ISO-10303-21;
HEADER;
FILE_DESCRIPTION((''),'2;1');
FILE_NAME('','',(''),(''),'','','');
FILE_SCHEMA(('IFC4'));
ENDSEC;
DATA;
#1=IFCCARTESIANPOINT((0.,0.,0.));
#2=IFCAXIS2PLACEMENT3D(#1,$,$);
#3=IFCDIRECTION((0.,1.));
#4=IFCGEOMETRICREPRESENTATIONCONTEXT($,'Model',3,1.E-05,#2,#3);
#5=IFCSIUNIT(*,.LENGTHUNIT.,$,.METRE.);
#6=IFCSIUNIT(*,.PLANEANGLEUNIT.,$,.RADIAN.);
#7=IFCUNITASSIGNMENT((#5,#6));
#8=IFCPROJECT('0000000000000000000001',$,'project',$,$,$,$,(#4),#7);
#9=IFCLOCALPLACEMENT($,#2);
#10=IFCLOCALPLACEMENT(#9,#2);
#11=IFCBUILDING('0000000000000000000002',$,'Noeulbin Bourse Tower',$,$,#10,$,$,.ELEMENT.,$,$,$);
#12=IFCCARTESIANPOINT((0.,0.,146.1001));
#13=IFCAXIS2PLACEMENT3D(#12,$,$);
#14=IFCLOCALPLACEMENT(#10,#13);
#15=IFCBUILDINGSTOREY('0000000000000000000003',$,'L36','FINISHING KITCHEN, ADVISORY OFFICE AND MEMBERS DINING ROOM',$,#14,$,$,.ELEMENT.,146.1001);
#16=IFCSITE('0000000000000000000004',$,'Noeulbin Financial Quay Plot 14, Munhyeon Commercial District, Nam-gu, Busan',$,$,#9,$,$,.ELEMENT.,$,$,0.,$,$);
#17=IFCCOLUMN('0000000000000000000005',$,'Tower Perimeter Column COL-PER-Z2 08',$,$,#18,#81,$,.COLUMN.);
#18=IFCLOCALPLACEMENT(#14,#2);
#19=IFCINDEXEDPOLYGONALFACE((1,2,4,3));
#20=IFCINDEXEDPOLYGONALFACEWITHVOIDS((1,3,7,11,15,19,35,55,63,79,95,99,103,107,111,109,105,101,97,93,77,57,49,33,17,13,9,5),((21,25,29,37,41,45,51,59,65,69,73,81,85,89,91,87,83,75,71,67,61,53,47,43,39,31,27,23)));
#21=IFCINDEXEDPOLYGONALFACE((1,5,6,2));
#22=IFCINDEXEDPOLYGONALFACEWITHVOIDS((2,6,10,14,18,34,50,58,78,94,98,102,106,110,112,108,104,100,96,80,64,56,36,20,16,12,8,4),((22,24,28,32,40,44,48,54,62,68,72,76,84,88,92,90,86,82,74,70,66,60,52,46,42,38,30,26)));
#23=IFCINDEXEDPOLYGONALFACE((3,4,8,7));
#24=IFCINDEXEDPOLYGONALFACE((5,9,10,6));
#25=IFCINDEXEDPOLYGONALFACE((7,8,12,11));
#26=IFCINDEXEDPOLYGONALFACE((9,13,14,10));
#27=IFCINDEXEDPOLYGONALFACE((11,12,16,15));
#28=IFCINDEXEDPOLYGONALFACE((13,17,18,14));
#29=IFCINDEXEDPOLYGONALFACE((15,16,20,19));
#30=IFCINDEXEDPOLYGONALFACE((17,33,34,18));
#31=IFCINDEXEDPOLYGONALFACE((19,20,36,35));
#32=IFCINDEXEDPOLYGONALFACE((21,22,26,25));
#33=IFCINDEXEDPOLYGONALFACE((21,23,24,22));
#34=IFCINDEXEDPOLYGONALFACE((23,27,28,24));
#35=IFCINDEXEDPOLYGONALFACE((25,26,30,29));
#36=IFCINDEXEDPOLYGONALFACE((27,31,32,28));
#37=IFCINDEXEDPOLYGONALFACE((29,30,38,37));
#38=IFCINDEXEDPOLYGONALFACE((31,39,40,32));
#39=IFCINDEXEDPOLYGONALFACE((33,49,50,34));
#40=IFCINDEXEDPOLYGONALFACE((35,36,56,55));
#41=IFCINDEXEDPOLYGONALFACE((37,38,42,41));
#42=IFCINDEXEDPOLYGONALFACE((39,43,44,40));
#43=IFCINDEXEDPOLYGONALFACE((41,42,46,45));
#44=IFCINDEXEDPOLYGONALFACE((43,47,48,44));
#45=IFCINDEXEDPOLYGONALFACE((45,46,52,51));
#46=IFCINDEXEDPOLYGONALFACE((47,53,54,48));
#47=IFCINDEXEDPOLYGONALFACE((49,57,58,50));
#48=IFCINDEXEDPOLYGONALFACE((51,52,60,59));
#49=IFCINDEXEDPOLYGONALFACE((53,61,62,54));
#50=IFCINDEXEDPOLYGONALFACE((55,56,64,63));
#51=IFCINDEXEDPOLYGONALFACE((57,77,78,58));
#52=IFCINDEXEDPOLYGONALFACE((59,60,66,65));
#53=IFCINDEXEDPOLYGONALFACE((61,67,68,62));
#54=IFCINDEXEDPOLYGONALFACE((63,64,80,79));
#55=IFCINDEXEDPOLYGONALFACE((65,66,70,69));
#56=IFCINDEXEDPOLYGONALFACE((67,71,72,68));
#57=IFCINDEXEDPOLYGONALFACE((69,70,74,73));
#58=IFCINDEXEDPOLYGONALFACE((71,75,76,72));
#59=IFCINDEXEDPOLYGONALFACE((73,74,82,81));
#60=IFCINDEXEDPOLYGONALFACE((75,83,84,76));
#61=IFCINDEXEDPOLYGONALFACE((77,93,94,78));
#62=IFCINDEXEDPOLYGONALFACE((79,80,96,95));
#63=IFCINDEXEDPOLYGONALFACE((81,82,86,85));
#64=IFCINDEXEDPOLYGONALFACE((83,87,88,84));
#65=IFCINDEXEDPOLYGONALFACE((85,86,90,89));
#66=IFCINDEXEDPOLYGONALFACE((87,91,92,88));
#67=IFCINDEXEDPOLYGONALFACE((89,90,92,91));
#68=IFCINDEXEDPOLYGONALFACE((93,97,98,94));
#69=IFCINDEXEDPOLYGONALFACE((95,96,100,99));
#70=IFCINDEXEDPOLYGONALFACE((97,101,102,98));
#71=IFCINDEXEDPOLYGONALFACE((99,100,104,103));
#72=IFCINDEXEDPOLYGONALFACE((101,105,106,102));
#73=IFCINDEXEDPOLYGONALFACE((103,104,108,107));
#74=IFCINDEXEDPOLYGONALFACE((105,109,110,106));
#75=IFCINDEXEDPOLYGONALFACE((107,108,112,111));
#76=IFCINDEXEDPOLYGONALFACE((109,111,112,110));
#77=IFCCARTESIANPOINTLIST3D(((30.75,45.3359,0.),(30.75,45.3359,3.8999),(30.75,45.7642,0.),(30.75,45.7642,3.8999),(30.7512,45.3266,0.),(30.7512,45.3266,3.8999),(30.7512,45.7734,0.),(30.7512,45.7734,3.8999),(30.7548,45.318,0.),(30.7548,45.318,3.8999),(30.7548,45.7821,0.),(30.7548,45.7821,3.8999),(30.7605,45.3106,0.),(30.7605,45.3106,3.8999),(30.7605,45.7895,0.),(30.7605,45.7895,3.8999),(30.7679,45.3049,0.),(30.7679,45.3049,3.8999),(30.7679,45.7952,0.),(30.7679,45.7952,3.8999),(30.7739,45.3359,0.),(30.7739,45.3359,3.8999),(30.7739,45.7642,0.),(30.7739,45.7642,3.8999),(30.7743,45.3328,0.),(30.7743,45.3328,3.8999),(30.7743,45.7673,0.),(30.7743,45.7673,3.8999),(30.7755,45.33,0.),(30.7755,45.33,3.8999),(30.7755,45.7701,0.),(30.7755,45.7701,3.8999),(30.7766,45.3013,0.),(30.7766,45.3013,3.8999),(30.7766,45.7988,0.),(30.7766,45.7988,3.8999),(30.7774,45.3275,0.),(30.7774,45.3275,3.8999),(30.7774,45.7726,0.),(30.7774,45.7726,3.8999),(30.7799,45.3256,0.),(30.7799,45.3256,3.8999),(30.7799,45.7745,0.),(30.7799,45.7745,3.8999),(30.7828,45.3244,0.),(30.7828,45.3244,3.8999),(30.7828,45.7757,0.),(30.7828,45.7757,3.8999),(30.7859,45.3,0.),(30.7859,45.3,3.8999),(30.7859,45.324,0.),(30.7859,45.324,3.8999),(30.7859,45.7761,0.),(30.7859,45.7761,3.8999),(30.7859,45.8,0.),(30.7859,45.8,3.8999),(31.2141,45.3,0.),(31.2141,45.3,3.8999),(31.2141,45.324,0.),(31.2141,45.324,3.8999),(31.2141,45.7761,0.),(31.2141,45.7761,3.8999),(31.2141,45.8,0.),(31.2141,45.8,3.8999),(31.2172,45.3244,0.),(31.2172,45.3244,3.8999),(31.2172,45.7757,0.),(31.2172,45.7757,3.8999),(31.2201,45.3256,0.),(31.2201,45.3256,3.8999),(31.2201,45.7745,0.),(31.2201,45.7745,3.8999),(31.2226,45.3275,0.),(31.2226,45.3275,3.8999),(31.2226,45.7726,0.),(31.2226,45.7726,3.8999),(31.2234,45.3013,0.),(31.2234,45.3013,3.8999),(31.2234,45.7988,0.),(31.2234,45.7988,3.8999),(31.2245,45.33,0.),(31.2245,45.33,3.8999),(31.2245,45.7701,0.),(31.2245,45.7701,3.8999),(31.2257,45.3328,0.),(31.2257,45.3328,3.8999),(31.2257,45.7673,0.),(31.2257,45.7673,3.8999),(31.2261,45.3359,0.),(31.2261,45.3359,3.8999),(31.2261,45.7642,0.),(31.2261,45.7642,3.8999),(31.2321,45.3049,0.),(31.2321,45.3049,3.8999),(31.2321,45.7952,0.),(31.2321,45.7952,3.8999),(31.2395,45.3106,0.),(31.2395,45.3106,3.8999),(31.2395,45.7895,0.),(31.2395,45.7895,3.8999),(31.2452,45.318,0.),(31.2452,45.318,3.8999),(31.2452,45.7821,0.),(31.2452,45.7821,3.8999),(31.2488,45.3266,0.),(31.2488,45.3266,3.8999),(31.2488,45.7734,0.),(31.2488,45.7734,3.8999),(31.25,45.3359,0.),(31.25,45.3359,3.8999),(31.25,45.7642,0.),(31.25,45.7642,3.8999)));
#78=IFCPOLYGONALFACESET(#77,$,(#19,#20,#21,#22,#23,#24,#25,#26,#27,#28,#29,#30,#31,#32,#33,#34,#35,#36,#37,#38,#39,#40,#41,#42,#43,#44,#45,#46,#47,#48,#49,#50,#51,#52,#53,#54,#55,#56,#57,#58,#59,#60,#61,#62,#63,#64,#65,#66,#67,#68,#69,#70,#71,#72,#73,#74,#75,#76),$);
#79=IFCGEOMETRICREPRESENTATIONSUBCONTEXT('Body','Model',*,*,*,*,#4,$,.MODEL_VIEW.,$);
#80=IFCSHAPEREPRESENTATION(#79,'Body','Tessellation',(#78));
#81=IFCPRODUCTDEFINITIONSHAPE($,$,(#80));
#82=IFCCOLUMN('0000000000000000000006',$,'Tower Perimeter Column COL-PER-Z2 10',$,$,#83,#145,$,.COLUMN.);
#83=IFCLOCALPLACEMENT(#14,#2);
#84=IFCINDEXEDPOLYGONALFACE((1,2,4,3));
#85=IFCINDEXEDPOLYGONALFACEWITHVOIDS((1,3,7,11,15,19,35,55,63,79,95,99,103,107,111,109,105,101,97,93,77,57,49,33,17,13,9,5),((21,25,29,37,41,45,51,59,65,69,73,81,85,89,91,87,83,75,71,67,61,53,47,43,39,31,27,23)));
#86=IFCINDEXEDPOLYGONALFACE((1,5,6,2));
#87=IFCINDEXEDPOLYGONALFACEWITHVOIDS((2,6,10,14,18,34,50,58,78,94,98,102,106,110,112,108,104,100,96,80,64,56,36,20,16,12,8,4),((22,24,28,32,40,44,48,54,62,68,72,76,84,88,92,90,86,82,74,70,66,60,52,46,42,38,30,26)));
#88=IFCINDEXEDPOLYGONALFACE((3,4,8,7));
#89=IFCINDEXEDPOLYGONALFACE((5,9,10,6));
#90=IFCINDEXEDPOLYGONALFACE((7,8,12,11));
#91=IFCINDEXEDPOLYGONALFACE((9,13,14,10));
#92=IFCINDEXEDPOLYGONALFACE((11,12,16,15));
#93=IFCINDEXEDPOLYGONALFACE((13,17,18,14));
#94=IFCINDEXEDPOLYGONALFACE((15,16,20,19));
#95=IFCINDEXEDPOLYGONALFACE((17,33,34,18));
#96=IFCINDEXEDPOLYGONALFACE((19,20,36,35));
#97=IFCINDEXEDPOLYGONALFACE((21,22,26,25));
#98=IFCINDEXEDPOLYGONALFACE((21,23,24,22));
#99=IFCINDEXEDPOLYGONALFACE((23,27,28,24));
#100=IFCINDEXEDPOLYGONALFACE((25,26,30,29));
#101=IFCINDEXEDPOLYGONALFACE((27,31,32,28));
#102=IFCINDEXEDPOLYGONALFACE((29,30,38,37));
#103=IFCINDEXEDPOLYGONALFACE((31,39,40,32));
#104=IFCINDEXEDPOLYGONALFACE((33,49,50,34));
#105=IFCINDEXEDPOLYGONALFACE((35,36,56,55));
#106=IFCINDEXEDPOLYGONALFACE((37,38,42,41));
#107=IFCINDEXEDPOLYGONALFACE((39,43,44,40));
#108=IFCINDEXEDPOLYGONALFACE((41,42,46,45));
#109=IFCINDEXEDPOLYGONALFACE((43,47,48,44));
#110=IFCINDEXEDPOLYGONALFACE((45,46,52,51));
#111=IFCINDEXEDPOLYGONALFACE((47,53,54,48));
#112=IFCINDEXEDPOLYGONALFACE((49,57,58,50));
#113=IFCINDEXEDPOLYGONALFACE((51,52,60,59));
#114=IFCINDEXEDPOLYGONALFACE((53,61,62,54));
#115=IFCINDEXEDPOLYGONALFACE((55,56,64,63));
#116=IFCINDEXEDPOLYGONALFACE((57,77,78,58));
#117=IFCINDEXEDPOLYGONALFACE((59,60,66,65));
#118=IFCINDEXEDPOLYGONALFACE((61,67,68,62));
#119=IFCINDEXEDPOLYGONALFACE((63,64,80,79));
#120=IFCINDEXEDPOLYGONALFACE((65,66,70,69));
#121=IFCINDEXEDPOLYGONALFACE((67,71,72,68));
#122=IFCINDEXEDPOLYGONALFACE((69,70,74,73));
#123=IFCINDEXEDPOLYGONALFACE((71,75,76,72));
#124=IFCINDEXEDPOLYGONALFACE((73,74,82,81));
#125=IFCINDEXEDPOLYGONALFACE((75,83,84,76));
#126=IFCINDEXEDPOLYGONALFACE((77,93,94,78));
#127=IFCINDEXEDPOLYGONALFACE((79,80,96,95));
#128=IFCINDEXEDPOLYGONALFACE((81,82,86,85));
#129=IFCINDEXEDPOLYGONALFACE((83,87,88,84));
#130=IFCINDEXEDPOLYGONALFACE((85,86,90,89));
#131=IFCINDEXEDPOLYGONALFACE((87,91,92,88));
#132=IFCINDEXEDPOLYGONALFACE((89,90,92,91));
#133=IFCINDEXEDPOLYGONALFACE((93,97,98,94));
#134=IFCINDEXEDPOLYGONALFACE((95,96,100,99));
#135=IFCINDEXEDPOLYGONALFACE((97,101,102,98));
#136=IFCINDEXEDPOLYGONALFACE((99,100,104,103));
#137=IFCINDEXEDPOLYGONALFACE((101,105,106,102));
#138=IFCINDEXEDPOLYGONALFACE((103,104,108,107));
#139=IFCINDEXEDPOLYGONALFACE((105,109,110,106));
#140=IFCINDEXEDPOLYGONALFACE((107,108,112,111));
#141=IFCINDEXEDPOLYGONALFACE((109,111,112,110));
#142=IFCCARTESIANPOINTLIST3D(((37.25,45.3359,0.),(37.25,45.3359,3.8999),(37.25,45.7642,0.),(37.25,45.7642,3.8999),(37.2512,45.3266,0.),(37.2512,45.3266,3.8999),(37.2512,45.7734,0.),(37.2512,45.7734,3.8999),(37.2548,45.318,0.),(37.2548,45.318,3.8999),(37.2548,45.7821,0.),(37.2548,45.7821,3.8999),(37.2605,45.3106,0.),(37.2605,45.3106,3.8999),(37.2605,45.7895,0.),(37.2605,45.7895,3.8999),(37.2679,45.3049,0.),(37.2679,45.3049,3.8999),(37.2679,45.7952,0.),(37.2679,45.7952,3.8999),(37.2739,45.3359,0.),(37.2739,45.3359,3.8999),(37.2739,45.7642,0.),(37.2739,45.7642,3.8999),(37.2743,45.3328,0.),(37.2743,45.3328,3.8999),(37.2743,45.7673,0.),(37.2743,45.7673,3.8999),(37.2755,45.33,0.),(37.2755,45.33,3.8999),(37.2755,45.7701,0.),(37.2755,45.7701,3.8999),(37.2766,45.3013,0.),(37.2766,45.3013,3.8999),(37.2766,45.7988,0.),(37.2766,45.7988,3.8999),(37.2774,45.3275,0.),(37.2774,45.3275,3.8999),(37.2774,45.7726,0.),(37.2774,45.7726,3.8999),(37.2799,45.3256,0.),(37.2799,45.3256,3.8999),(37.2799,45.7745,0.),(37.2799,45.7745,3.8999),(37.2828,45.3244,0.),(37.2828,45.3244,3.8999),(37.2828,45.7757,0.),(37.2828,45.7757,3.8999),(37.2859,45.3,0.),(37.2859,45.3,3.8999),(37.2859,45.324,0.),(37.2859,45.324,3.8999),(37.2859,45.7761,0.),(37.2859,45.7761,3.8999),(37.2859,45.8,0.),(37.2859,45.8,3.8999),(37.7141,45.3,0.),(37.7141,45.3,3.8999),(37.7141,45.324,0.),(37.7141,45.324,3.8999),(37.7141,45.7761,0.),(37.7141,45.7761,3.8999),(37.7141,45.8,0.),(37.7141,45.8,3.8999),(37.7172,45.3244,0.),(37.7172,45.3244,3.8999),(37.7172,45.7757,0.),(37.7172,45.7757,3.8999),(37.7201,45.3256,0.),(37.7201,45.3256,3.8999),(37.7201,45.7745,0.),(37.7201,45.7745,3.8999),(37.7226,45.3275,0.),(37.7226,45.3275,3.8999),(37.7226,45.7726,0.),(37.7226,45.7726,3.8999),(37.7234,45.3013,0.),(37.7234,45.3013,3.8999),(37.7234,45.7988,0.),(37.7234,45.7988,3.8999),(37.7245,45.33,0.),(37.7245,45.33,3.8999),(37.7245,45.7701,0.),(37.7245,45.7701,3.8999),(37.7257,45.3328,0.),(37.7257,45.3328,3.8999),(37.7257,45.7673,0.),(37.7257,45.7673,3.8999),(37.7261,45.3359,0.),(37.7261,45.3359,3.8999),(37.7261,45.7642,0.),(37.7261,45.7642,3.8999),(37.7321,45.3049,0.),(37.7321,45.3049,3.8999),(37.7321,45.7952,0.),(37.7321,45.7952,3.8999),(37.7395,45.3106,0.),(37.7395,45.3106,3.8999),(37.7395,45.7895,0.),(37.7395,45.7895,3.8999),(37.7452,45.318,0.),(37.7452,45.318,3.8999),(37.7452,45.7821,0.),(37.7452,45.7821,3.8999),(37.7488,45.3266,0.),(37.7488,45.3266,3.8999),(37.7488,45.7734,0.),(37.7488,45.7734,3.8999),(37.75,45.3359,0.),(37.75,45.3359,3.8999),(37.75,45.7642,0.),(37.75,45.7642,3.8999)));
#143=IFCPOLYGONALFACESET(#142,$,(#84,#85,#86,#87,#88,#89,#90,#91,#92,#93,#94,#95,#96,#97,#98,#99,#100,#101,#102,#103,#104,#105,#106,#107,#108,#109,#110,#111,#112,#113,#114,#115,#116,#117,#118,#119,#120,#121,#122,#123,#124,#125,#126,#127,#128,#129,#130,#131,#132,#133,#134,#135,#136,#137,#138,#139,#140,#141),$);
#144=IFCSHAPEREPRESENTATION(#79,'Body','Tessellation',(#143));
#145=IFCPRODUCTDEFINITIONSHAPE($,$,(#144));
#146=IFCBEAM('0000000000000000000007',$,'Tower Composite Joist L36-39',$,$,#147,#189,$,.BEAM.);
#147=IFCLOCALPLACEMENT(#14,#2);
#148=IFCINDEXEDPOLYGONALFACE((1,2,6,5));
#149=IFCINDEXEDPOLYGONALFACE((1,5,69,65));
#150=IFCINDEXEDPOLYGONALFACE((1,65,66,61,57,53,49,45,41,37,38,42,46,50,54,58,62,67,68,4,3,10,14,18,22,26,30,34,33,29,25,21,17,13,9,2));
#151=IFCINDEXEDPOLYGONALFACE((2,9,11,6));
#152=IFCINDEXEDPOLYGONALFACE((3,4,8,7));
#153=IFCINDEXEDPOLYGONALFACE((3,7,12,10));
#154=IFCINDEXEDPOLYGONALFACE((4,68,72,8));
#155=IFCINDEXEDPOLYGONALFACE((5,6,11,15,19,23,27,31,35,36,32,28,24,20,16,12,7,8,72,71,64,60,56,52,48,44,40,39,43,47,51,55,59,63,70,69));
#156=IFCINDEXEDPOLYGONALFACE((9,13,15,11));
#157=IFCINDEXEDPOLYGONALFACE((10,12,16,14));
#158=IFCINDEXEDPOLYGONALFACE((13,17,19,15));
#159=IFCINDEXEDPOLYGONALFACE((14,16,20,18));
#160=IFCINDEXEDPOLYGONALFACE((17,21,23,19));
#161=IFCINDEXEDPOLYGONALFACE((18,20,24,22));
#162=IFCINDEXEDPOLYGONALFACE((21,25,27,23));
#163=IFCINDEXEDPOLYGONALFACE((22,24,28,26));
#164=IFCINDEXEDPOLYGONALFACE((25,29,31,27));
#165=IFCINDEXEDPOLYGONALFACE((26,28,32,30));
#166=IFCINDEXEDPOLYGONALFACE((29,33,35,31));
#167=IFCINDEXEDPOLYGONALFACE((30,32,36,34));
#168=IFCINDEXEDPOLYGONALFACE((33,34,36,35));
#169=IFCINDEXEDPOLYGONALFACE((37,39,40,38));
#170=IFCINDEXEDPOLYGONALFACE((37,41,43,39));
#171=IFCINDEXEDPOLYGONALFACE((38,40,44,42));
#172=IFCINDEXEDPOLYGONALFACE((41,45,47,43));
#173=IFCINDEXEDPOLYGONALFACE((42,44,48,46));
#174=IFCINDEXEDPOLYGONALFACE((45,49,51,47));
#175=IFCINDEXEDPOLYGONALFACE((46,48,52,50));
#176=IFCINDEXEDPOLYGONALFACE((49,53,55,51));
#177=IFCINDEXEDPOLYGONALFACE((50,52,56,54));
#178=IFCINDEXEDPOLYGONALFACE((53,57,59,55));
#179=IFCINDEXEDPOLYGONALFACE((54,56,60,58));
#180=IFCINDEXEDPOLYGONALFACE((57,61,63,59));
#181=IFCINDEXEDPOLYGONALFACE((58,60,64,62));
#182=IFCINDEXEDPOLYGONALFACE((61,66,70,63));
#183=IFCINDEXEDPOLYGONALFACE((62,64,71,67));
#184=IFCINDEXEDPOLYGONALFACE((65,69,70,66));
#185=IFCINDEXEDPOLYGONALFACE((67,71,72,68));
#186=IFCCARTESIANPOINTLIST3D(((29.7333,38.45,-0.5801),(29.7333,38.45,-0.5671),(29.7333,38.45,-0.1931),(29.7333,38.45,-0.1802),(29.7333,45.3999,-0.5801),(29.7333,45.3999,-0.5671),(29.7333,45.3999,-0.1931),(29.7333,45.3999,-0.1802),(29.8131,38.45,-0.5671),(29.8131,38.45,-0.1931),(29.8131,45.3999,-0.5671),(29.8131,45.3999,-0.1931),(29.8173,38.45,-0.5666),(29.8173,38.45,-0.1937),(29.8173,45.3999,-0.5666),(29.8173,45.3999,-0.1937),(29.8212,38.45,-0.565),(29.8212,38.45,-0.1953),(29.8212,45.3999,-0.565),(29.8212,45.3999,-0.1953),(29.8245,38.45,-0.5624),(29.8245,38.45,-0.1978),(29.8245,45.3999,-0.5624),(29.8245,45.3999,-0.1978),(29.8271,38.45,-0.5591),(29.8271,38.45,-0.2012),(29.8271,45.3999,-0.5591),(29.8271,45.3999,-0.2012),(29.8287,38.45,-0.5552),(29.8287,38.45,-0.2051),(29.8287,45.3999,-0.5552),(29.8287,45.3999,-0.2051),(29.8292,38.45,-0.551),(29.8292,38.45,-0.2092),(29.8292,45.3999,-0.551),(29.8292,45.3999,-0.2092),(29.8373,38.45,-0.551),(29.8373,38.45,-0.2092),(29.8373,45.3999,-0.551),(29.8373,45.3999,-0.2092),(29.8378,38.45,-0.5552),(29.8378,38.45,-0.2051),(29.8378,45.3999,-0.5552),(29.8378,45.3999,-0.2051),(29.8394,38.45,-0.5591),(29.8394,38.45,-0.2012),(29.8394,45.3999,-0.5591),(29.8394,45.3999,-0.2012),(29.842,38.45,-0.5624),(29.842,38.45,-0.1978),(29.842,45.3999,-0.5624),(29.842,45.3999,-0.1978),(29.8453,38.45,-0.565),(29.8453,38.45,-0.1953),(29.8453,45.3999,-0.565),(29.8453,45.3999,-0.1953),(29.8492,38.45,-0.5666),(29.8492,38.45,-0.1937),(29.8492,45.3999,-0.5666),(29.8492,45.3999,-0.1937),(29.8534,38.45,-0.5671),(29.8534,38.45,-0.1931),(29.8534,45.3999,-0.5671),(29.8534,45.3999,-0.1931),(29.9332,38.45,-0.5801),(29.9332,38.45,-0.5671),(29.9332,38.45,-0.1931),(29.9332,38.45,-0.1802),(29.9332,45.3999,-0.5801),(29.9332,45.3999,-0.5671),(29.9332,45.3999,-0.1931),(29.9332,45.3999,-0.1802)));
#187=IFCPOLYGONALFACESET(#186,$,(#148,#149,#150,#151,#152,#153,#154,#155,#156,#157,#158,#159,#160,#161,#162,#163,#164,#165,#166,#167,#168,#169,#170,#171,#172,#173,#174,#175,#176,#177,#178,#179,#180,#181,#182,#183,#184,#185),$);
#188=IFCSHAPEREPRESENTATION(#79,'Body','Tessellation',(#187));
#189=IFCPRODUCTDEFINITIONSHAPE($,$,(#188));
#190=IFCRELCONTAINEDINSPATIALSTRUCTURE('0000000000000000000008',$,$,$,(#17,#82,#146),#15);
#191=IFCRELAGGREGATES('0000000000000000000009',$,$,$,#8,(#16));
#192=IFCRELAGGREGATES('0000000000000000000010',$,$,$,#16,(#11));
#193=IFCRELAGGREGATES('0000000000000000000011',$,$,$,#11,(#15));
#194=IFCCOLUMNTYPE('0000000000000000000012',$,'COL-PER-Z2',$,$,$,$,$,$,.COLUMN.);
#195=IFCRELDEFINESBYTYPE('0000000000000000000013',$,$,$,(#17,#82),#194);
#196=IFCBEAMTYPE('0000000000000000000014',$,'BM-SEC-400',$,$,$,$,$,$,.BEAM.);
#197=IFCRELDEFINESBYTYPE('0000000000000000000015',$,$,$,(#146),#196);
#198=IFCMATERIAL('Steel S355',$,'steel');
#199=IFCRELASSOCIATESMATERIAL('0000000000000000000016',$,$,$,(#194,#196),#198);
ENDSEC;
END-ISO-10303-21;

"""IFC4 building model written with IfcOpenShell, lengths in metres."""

from ifc_helpers import new_model, si_unit, direction, frame, origin, origin_2d, place, context, subcontext, project, spatial, hollow_rectangle, i_section, extrude, material, material_profile, profile_set, type_object, element, save


model = new_model("IFC4")

# Units and contexts
model_context = context("Model", 3, precision=1e-05, world=origin(), true_north=direction((0.0, 1.0)))
body_context = subcontext(model_context, "Body", "Model", "MODEL_VIEW")
ifc_project = project(units=[si_unit("LENGTHUNIT", "METRE"), si_unit("PLANEANGLEUNIT", "RADIAN")], contexts=[model_context])

# Site, building, storey
site_placement = place(None, origin())
site = spatial("IfcSite", under=ifc_project, at=site_placement, Name="Noeulbin Financial Quay Plot 14, Munhyeon Commercial District, Nam-gu, Busan", CompositionType="ELEMENT", RefElevation=0.0)
building_placement = place(site_placement, origin())
building = spatial("IfcBuilding", under=site, at=building_placement, Name="Noeulbin Bourse Tower", CompositionType="ELEMENT")
storey_placement = place(building_placement, frame((0.0, 0.0, 146.1001)))
storey = spatial("IfcBuildingStorey", under=building, at=storey_placement, Name="L36", Description="FINISHING KITCHEN, ADVISORY OFFICE AND MEMBERS DINING ROOM", CompositionType="ELEMENT", Elevation=146.1001)

# Columns
ifc_material_1 = material(Name="Steel S355", Category="steel")
ifc_material_profile_1 = material_profile(ifc_material_1, hollow_rectangle(XDim=0.5, YDim=0.5, WallThickness=0.0239, InnerFilletRadius=0.012, OuterFilletRadius=0.0359, at=origin_2d()), Name="BOX-500x500x24", Category="LoadBearing")
ifc_profile_set_1 = profile_set([ifc_material_profile_1], Name="Steel S355")
column_type = type_object("IfcColumnType", Name="COL-PER-Z2", PredefinedType="COLUMN", material=ifc_profile_set_1)
for number, where, z_axis, x_axis, name in (
    (1, (31.0, 45.55, 0.0), (0.0, 0.0, 1.0), (1.0, 0.0, 0.0), "Tower Perimeter Column COL-PER-Z2 08"),
    (2, (37.5, 45.55, 0.0), (0.0, 0.0, 1.0), (1.0, 0.0, 0.0), "Tower Perimeter Column COL-PER-Z2 10"),
):
    element("IfcColumn", number, at=place(storey_placement, frame(where, z_axis=z_axis, x_axis=x_axis)), inside=storey, type_object=column_type, Name=name, PredefinedType="COLUMN", context=body_context, shape_type="SweptSolid", body=[
        extrude(hollow_rectangle(XDim=0.5, YDim=0.5, WallThickness=0.0239, InnerFilletRadius=0.012, OuterFilletRadius=0.0359, at=origin_2d()), origin(), (0.0, 0.0, 1.0), 3.8999),
    ])

# Beam
ifc_material_profile_2 = material_profile(ifc_material_1, i_section(OverallWidth=0.2, OverallDepth=0.3999, WebThickness=0.0081, FlangeThickness=0.0129, FilletRadius=0.0161, at=origin_2d()), Name="H-400x200x8x13", Category="LoadBearing")
ifc_profile_set_2 = profile_set([ifc_material_profile_2], Name="Steel S355")
beam_type_1 = type_object("IfcBeamType", Name="BM-SEC-400", PredefinedType="BEAM", material=ifc_profile_set_2)
for number, where, z_axis, x_axis, name in (
    (3, (29.8333, 38.45, -0.3801), (0.0, 1.0, 0.0), (-1.0, 0.0, 0.0), "Tower Composite Joist L36-39"),
):
    element("IfcBeam", number, at=place(storey_placement, frame(where, z_axis=z_axis, x_axis=x_axis)), inside=storey, type_object=beam_type_1, Name=name, PredefinedType="BEAM", context=body_context, shape_type="SweptSolid", body=[
        extrude(i_section(OverallWidth=0.2, OverallDepth=0.3999, WebThickness=0.0081, FlangeThickness=0.0129, FilletRadius=0.0161, at=origin_2d()), origin(), (0.0, 0.0, 1.0), 6.95),
    ])

save(model, "model.ifc")
